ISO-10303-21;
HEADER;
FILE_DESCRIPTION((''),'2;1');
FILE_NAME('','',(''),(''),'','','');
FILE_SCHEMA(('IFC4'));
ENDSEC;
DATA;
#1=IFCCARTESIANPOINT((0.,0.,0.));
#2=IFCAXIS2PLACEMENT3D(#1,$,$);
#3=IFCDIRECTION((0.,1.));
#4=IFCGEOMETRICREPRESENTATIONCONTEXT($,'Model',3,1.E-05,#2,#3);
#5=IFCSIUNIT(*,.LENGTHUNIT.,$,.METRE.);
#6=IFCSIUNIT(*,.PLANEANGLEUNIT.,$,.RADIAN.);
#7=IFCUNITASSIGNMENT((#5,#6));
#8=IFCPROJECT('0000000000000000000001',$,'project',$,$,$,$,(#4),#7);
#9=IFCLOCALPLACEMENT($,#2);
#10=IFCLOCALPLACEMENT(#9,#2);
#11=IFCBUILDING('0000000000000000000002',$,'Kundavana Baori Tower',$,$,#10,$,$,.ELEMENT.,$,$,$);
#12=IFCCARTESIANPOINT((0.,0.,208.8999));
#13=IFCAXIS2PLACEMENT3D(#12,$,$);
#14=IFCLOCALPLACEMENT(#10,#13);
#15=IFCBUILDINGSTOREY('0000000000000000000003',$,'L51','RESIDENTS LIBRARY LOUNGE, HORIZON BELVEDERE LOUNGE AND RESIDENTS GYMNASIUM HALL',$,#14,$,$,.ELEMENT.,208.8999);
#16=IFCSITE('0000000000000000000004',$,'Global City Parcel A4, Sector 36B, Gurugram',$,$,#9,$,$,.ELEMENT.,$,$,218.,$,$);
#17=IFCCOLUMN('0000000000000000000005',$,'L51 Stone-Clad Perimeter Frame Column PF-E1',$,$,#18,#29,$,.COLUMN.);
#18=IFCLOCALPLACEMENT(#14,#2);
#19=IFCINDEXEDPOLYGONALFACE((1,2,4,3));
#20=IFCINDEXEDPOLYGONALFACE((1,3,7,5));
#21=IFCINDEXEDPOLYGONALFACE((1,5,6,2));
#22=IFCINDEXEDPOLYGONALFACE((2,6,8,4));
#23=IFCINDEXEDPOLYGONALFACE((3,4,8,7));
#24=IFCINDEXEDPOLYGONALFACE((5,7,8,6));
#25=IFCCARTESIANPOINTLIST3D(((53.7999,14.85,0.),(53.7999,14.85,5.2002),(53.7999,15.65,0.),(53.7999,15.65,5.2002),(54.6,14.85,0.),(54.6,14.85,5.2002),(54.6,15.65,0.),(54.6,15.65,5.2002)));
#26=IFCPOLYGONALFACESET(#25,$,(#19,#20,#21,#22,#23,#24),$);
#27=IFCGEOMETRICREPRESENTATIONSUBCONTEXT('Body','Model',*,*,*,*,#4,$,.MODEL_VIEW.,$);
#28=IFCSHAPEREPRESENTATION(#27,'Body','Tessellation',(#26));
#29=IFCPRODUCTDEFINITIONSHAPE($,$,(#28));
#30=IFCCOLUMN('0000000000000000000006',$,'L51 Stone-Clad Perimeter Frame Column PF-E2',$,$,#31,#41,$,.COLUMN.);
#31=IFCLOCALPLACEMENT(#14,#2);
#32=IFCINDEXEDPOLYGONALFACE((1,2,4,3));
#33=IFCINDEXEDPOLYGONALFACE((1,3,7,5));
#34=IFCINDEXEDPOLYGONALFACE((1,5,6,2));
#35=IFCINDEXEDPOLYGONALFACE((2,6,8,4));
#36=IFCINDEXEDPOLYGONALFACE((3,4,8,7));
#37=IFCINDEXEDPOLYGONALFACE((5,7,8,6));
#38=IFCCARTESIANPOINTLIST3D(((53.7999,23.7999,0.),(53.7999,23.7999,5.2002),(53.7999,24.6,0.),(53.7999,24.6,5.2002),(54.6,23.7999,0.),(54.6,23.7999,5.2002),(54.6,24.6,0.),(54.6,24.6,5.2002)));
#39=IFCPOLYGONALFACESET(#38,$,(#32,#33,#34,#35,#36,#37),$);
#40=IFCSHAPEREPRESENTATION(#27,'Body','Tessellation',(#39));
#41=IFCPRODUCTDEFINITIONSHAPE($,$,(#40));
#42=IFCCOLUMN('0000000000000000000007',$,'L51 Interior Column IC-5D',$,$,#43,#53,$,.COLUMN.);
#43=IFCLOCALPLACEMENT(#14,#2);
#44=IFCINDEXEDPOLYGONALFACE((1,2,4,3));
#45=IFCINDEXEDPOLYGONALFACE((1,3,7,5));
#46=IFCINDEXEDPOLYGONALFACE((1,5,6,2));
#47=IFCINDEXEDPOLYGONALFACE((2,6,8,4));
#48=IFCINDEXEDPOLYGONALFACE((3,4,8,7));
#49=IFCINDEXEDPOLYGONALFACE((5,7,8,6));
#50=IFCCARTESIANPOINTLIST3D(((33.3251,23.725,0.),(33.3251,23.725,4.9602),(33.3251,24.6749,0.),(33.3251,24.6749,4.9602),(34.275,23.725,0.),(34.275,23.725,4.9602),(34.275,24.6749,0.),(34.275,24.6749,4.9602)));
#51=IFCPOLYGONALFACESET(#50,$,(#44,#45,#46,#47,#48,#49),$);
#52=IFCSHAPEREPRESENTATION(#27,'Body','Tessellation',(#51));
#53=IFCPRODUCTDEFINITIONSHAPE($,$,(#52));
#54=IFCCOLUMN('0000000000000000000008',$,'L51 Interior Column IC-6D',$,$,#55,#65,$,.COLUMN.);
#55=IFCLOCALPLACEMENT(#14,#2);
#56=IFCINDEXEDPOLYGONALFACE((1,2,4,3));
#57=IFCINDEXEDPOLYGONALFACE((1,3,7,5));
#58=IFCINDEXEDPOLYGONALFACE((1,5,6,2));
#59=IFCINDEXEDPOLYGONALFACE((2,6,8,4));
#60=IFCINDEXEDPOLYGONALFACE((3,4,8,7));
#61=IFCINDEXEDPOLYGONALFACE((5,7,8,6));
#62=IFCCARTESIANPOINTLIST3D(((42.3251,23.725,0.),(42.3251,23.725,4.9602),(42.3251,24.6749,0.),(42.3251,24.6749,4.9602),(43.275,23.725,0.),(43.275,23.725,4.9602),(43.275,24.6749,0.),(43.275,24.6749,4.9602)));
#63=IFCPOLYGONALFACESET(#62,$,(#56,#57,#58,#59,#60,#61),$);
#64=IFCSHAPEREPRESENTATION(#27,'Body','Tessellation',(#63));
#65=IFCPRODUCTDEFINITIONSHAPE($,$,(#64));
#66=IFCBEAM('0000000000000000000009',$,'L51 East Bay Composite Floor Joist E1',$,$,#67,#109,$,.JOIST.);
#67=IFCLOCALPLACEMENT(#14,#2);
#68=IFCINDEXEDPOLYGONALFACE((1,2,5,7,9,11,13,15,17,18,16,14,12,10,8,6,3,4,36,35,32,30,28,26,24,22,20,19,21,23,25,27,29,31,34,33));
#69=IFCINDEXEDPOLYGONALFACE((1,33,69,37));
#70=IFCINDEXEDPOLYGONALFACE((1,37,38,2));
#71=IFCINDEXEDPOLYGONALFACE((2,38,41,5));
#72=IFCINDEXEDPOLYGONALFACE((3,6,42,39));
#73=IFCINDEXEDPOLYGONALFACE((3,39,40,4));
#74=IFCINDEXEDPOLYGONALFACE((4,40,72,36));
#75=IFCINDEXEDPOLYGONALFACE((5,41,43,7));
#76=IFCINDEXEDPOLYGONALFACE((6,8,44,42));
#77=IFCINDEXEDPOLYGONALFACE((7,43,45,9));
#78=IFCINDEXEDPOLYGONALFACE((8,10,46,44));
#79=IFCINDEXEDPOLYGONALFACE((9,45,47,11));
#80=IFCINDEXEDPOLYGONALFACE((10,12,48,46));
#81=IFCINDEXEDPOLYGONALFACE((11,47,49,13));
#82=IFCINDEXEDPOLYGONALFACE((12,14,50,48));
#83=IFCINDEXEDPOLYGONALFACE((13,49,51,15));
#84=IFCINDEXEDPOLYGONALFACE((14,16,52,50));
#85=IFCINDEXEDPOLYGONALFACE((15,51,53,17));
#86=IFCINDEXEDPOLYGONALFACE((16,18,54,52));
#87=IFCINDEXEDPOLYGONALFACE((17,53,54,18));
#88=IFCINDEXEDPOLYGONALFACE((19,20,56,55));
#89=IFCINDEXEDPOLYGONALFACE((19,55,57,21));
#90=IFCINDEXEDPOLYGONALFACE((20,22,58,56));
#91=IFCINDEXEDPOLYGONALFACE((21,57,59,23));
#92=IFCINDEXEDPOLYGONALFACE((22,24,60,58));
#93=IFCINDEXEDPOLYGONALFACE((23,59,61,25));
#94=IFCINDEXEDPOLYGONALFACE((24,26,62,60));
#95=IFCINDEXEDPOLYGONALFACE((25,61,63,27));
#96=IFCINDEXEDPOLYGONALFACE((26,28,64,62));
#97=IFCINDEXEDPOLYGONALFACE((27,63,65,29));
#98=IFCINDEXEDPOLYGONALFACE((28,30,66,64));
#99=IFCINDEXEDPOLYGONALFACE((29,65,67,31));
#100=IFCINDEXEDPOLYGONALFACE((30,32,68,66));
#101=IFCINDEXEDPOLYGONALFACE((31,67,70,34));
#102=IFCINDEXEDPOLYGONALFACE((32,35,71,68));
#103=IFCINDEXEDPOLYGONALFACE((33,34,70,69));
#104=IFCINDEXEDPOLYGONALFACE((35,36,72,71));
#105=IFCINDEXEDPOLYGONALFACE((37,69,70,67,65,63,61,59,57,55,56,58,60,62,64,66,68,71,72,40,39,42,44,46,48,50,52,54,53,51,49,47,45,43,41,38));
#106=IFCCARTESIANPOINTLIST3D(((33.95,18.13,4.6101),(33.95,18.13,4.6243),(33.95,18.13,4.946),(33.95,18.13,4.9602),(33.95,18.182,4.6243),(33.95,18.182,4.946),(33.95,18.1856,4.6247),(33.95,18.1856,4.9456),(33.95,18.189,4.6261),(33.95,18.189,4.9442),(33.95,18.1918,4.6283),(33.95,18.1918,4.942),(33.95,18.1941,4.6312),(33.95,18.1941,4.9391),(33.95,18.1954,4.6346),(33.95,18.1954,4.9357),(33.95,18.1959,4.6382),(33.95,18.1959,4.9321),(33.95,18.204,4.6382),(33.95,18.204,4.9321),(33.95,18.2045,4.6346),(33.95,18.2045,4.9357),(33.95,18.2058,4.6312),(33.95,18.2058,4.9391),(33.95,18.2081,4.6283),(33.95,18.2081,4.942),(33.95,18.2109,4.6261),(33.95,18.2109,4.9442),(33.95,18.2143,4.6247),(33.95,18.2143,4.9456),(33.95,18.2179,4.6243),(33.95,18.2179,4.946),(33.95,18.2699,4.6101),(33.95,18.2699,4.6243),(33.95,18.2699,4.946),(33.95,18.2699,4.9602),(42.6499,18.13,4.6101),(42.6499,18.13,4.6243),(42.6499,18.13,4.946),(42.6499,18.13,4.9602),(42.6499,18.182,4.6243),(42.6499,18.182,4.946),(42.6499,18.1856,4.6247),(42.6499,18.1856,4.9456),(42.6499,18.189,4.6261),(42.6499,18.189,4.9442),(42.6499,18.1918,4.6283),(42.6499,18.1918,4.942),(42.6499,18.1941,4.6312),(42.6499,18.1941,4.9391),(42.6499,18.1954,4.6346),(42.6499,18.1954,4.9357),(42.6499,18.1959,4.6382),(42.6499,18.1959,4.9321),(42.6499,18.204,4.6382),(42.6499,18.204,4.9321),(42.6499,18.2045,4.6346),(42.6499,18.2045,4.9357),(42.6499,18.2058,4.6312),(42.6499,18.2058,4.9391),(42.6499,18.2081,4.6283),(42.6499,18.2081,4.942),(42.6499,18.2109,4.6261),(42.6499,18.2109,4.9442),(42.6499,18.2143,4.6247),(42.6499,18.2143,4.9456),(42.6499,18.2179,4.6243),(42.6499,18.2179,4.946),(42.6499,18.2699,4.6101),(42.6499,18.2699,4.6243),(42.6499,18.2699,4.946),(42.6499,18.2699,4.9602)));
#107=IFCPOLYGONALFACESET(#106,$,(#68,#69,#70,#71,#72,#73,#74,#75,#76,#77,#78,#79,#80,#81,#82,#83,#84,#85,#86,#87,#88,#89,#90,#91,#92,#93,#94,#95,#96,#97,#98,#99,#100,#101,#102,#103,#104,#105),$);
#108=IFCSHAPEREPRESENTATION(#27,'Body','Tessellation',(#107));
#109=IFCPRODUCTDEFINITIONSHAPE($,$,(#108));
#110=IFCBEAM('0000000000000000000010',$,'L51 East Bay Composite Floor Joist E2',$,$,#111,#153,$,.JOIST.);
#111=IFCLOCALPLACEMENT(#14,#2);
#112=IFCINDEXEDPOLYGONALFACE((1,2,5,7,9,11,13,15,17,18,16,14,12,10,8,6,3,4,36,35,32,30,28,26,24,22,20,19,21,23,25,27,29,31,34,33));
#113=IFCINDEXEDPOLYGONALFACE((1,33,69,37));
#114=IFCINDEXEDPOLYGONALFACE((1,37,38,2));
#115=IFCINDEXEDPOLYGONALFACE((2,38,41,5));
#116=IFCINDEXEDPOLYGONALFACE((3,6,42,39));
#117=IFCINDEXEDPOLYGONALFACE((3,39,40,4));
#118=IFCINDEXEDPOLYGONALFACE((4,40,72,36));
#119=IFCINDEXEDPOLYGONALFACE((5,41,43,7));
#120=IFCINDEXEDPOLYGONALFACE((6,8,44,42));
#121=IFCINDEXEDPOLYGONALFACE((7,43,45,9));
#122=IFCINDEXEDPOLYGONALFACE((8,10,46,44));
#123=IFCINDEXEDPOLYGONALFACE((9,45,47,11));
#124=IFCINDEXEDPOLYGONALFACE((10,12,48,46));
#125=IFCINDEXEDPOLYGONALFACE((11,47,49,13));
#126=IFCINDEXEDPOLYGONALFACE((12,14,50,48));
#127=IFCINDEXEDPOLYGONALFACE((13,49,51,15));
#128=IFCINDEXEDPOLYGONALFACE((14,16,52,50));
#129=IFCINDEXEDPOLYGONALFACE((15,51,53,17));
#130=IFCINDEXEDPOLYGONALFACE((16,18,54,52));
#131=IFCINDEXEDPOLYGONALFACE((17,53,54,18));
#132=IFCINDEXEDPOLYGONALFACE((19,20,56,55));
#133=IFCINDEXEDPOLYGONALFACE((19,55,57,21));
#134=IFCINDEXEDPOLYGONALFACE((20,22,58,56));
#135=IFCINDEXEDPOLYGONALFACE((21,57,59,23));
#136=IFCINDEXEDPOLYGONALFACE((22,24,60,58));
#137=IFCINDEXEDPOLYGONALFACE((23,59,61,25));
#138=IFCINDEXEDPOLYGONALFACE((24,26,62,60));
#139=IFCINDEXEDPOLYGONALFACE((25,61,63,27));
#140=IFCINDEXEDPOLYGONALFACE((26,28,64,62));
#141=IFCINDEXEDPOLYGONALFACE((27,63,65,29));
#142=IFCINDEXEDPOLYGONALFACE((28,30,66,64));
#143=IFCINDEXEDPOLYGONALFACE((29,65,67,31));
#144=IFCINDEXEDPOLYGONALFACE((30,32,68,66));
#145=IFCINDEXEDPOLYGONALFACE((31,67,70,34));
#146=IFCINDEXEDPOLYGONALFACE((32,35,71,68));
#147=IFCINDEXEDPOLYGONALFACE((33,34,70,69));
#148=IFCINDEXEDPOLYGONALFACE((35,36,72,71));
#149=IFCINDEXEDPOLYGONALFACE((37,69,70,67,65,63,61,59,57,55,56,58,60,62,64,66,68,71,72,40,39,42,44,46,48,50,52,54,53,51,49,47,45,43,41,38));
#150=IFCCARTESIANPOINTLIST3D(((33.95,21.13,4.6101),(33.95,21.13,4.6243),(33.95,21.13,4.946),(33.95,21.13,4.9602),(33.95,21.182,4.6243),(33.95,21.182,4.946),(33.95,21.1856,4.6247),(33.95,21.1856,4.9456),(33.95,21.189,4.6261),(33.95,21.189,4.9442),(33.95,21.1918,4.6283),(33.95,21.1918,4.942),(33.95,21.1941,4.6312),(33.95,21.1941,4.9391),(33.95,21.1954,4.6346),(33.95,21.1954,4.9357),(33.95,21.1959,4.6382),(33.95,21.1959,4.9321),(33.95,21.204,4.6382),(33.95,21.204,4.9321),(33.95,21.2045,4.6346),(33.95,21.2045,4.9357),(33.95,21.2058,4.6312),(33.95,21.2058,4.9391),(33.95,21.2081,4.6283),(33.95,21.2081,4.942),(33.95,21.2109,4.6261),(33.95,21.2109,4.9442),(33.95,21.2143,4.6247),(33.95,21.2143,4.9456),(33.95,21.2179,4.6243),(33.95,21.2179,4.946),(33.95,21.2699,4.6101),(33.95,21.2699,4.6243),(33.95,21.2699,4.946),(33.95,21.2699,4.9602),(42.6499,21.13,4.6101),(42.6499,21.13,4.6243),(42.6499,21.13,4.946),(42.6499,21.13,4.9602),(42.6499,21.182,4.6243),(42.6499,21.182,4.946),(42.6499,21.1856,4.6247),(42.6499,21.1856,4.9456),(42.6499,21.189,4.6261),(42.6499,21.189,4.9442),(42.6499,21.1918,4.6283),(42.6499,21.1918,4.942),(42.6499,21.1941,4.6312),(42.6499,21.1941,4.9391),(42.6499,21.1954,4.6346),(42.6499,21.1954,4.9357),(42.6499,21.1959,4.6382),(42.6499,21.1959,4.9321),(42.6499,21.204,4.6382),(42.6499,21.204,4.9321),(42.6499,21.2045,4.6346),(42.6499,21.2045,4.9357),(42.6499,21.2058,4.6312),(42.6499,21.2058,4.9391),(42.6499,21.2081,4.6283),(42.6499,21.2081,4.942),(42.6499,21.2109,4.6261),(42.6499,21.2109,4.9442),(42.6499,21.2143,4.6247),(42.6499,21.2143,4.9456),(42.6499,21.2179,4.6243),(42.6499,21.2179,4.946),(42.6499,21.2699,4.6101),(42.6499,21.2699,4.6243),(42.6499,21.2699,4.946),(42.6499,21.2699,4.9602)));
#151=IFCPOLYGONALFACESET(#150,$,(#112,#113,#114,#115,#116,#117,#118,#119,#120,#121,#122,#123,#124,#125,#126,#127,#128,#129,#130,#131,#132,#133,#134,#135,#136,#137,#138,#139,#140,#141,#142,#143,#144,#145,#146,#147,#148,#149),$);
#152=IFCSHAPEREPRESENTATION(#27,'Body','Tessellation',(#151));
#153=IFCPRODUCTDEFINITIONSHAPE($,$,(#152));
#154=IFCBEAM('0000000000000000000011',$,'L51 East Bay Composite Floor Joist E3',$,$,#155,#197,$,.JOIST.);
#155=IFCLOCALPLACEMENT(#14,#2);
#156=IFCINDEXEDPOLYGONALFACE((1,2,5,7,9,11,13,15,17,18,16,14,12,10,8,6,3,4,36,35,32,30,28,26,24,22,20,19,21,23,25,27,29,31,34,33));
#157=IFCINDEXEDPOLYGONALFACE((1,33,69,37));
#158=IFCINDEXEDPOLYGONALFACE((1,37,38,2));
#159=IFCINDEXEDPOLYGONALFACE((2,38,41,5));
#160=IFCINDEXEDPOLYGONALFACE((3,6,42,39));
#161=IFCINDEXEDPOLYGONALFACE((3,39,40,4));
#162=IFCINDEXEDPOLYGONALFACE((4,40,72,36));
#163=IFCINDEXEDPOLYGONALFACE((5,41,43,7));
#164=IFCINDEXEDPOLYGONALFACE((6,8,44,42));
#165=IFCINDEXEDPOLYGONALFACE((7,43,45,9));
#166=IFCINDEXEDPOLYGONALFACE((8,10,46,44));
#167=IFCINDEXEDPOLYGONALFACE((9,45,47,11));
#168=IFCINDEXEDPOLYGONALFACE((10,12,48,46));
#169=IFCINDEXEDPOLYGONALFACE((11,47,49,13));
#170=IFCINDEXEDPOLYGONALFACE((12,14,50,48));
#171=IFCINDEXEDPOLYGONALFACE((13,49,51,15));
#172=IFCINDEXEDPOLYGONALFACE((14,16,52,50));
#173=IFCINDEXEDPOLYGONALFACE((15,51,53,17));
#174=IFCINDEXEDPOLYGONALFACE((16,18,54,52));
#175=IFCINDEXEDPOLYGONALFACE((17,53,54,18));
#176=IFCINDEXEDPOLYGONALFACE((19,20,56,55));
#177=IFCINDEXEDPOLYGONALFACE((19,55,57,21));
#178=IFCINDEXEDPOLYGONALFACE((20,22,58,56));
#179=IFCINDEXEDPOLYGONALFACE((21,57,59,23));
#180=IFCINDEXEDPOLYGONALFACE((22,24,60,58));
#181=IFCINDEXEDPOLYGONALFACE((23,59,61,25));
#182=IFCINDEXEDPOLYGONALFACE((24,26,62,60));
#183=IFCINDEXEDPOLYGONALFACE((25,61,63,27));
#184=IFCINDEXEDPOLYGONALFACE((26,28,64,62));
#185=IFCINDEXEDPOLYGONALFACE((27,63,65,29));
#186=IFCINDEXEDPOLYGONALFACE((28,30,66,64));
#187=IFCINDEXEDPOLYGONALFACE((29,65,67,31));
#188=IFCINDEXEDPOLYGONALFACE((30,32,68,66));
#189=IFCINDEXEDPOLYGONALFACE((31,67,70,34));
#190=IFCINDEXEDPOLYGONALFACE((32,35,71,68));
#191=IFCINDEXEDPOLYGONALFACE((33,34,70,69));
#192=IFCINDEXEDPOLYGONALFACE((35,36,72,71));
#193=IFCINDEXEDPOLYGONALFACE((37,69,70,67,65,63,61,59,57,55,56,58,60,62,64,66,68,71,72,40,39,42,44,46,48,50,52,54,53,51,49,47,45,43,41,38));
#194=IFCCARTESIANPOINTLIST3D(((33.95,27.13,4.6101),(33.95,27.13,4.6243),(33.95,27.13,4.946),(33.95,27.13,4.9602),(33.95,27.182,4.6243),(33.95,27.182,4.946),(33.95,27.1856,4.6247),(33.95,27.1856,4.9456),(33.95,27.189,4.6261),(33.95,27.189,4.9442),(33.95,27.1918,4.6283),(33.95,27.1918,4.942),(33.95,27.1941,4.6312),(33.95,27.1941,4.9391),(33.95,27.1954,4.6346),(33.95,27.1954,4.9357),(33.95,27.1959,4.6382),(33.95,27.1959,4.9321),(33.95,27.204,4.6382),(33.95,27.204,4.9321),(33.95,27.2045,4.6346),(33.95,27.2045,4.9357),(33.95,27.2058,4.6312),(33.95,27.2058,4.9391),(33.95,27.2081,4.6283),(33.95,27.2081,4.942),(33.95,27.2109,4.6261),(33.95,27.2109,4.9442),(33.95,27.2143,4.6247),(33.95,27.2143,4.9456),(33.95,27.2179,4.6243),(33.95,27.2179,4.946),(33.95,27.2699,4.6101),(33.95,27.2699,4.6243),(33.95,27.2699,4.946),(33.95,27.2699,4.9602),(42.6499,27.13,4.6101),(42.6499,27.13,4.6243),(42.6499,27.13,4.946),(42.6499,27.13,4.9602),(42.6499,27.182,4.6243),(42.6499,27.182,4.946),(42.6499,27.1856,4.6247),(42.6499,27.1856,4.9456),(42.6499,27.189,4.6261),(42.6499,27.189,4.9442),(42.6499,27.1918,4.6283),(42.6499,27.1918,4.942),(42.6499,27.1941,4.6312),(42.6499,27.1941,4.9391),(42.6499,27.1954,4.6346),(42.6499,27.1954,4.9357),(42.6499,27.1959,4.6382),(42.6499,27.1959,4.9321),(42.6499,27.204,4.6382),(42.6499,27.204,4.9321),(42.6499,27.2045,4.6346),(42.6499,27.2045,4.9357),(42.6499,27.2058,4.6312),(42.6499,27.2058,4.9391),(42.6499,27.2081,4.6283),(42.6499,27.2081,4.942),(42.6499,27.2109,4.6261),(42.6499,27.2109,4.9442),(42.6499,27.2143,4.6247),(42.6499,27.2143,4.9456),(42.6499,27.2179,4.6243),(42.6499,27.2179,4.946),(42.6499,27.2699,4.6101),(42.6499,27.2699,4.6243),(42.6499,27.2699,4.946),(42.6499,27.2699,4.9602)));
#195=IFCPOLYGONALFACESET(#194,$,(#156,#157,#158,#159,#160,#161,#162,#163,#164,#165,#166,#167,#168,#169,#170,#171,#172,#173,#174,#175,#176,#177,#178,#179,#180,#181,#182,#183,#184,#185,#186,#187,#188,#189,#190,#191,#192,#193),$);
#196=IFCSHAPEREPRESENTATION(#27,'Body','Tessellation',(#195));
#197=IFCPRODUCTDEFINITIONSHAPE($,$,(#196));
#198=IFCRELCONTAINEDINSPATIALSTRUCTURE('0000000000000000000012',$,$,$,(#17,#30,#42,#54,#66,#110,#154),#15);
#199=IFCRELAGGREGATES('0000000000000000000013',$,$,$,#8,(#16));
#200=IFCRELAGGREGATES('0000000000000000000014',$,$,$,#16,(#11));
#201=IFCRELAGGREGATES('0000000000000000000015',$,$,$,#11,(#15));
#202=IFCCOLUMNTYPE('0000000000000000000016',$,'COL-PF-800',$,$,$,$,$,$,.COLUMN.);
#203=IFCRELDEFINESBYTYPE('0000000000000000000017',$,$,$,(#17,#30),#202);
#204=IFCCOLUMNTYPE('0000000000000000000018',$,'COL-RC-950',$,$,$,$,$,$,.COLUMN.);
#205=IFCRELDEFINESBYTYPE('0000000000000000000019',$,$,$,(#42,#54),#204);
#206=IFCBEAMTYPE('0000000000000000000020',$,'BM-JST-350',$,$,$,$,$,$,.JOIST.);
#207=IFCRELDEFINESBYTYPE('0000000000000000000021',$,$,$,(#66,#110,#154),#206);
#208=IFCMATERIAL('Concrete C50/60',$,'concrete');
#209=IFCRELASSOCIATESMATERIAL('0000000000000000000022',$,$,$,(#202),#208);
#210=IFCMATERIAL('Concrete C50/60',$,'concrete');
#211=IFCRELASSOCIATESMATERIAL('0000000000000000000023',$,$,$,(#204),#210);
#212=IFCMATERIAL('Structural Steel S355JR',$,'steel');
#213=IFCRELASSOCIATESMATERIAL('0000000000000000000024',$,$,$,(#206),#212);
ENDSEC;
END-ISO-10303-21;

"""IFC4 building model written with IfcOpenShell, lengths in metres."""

from ifc_helpers import new_model, si_unit, direction, frame, origin, origin_2d, place, context, subcontext, project, spatial, rectangle, i_section, extrude, material, material_profile, profile_set, type_object, element, save


model = new_model("IFC4")

# Units and contexts
model_context = context("Model", 3, precision=1e-05, world=origin(), true_north=direction((0.0, 1.0)))
body_context = subcontext(model_context, "Body", "Model", "MODEL_VIEW")
ifc_project = project(units=[si_unit("LENGTHUNIT", "METRE"), si_unit("PLANEANGLEUNIT", "RADIAN")], contexts=[model_context])

# Site, building, storey
site_placement = place(None, origin())
site = spatial("IfcSite", under=ifc_project, at=site_placement, Name="Global City Parcel A4, Sector 36B, Gurugram", CompositionType="ELEMENT", RefElevation=218.0)
building_placement = place(site_placement, origin())
building = spatial("IfcBuilding", under=site, at=building_placement, Name="Kundavana Baori Tower", CompositionType="ELEMENT")
storey_placement = place(building_placement, frame((0.0, 0.0, 208.8999)))
storey = spatial("IfcBuildingStorey", under=building, at=storey_placement, Name="L51", Description="RESIDENTS LIBRARY LOUNGE, HORIZON BELVEDERE LOUNGE AND RESIDENTS GYMNASIUM HALL", CompositionType="ELEMENT", Elevation=208.8999)

# Columns
ifc_material_1 = material(Name="Concrete C50/60", Category="concrete")
ifc_material_profile_1 = material_profile(ifc_material_1, rectangle(XDim=0.8, YDim=0.8, at=origin_2d()), Name="RC PF 800x800")
ifc_profile_set_1 = profile_set([ifc_material_profile_1], Name="Concrete C50/60")
column_type_1 = type_object("IfcColumnType", Name="COL-PF-800", PredefinedType="COLUMN", material=ifc_profile_set_1)
for number, where, z_axis, x_axis, name in (
    (1, (54.2, 15.25, 0.0), (0.0, 0.0, 1.0), (1.0, 0.0, 0.0), "L51 Stone-Clad Perimeter Frame Column PF-E1"),
    (2, (54.2, 24.2, 0.0), (0.0, 0.0, 1.0), (1.0, 0.0, 0.0), "L51 Stone-Clad Perimeter Frame Column PF-E2"),
):
    element("IfcColumn", number, at=place(storey_placement, frame(where, z_axis=z_axis, x_axis=x_axis)), inside=storey, type_object=column_type_1, Name=name, PredefinedType="COLUMN", context=body_context, shape_type="SweptSolid", body=[
        extrude(rectangle(XDim=0.8, YDim=0.8, at=origin_2d()), origin(), (0.0, 0.0, 1.0), 5.2002),
    ])
ifc_material_2 = material(Name="Concrete C50/60", Category="concrete")
ifc_material_profile_2 = material_profile(ifc_material_2, rectangle(XDim=0.95, YDim=0.95, at=origin_2d()), Name="RC 950x950")
ifc_profile_set_2 = profile_set([ifc_material_profile_2], Name="Concrete C50/60")
column_type_2 = type_object("IfcColumnType", Name="COL-RC-950", PredefinedType="COLUMN", material=ifc_profile_set_2)
for number, where, z_axis, x_axis, name in (
    (3, (33.8, 24.2, 0.0), (0.0, 0.0, 1.0), (1.0, 0.0, 0.0), "L51 Interior Column IC-5D"),
    (4, (42.8, 24.2, 0.0), (0.0, 0.0, 1.0), (1.0, 0.0, 0.0), "L51 Interior Column IC-6D"),
):
    element("IfcColumn", number, at=place(storey_placement, frame(where, z_axis=z_axis, x_axis=x_axis)), inside=storey, type_object=column_type_2, Name=name, PredefinedType="COLUMN", context=body_context, shape_type="SweptSolid", body=[
        extrude(rectangle(XDim=0.95, YDim=0.95, at=origin_2d()), origin(), (0.0, 0.0, 1.0), 4.9602),
    ])

# Beams
ifc_material_3 = material(Name="Structural Steel S355JR", Category="steel")
ifc_material_profile_3 = material_profile(ifc_material_3, i_section(OverallWidth=0.1399, OverallDepth=0.3501, WebThickness=0.0081, FlangeThickness=0.0142, FilletRadius=0.0139, at=origin_2d()), Name="ISMB 350")
ifc_profile_set_3 = profile_set([ifc_material_profile_3], Name="Structural Steel S355JR")
beam_type_1 = type_object("IfcBeamType", Name="BM-JST-350", PredefinedType="JOIST", material=ifc_profile_set_3)
for number, where, z_axis, x_axis, name in (
    (5, (33.95, 18.2, 4.7852), (1.0, 0.0, 0.0), (0.0, 1.0, 0.0), "L51 East Bay Composite Floor Joist E1"),
    (6, (33.95, 21.2, 4.7852), (1.0, 0.0, 0.0), (0.0, 1.0, 0.0), "L51 East Bay Composite Floor Joist E2"),
    (7, (33.95, 27.2, 4.7852), (1.0, 0.0, 0.0), (0.0, 1.0, 0.0), "L51 East Bay Composite Floor Joist E3"),
):
    element("IfcBeam", number, at=place(storey_placement, frame(where, z_axis=z_axis, x_axis=x_axis)), inside=storey, type_object=beam_type_1, Name=name, PredefinedType="JOIST", context=body_context, shape_type="SweptSolid", body=[
        extrude(i_section(OverallWidth=0.1399, OverallDepth=0.3501, WebThickness=0.0081, FlangeThickness=0.0142, FilletRadius=0.0139, at=origin_2d()), origin(), (0.0, 0.0, 1.0), 8.7),
    ])

save(model, "model.ifc")
